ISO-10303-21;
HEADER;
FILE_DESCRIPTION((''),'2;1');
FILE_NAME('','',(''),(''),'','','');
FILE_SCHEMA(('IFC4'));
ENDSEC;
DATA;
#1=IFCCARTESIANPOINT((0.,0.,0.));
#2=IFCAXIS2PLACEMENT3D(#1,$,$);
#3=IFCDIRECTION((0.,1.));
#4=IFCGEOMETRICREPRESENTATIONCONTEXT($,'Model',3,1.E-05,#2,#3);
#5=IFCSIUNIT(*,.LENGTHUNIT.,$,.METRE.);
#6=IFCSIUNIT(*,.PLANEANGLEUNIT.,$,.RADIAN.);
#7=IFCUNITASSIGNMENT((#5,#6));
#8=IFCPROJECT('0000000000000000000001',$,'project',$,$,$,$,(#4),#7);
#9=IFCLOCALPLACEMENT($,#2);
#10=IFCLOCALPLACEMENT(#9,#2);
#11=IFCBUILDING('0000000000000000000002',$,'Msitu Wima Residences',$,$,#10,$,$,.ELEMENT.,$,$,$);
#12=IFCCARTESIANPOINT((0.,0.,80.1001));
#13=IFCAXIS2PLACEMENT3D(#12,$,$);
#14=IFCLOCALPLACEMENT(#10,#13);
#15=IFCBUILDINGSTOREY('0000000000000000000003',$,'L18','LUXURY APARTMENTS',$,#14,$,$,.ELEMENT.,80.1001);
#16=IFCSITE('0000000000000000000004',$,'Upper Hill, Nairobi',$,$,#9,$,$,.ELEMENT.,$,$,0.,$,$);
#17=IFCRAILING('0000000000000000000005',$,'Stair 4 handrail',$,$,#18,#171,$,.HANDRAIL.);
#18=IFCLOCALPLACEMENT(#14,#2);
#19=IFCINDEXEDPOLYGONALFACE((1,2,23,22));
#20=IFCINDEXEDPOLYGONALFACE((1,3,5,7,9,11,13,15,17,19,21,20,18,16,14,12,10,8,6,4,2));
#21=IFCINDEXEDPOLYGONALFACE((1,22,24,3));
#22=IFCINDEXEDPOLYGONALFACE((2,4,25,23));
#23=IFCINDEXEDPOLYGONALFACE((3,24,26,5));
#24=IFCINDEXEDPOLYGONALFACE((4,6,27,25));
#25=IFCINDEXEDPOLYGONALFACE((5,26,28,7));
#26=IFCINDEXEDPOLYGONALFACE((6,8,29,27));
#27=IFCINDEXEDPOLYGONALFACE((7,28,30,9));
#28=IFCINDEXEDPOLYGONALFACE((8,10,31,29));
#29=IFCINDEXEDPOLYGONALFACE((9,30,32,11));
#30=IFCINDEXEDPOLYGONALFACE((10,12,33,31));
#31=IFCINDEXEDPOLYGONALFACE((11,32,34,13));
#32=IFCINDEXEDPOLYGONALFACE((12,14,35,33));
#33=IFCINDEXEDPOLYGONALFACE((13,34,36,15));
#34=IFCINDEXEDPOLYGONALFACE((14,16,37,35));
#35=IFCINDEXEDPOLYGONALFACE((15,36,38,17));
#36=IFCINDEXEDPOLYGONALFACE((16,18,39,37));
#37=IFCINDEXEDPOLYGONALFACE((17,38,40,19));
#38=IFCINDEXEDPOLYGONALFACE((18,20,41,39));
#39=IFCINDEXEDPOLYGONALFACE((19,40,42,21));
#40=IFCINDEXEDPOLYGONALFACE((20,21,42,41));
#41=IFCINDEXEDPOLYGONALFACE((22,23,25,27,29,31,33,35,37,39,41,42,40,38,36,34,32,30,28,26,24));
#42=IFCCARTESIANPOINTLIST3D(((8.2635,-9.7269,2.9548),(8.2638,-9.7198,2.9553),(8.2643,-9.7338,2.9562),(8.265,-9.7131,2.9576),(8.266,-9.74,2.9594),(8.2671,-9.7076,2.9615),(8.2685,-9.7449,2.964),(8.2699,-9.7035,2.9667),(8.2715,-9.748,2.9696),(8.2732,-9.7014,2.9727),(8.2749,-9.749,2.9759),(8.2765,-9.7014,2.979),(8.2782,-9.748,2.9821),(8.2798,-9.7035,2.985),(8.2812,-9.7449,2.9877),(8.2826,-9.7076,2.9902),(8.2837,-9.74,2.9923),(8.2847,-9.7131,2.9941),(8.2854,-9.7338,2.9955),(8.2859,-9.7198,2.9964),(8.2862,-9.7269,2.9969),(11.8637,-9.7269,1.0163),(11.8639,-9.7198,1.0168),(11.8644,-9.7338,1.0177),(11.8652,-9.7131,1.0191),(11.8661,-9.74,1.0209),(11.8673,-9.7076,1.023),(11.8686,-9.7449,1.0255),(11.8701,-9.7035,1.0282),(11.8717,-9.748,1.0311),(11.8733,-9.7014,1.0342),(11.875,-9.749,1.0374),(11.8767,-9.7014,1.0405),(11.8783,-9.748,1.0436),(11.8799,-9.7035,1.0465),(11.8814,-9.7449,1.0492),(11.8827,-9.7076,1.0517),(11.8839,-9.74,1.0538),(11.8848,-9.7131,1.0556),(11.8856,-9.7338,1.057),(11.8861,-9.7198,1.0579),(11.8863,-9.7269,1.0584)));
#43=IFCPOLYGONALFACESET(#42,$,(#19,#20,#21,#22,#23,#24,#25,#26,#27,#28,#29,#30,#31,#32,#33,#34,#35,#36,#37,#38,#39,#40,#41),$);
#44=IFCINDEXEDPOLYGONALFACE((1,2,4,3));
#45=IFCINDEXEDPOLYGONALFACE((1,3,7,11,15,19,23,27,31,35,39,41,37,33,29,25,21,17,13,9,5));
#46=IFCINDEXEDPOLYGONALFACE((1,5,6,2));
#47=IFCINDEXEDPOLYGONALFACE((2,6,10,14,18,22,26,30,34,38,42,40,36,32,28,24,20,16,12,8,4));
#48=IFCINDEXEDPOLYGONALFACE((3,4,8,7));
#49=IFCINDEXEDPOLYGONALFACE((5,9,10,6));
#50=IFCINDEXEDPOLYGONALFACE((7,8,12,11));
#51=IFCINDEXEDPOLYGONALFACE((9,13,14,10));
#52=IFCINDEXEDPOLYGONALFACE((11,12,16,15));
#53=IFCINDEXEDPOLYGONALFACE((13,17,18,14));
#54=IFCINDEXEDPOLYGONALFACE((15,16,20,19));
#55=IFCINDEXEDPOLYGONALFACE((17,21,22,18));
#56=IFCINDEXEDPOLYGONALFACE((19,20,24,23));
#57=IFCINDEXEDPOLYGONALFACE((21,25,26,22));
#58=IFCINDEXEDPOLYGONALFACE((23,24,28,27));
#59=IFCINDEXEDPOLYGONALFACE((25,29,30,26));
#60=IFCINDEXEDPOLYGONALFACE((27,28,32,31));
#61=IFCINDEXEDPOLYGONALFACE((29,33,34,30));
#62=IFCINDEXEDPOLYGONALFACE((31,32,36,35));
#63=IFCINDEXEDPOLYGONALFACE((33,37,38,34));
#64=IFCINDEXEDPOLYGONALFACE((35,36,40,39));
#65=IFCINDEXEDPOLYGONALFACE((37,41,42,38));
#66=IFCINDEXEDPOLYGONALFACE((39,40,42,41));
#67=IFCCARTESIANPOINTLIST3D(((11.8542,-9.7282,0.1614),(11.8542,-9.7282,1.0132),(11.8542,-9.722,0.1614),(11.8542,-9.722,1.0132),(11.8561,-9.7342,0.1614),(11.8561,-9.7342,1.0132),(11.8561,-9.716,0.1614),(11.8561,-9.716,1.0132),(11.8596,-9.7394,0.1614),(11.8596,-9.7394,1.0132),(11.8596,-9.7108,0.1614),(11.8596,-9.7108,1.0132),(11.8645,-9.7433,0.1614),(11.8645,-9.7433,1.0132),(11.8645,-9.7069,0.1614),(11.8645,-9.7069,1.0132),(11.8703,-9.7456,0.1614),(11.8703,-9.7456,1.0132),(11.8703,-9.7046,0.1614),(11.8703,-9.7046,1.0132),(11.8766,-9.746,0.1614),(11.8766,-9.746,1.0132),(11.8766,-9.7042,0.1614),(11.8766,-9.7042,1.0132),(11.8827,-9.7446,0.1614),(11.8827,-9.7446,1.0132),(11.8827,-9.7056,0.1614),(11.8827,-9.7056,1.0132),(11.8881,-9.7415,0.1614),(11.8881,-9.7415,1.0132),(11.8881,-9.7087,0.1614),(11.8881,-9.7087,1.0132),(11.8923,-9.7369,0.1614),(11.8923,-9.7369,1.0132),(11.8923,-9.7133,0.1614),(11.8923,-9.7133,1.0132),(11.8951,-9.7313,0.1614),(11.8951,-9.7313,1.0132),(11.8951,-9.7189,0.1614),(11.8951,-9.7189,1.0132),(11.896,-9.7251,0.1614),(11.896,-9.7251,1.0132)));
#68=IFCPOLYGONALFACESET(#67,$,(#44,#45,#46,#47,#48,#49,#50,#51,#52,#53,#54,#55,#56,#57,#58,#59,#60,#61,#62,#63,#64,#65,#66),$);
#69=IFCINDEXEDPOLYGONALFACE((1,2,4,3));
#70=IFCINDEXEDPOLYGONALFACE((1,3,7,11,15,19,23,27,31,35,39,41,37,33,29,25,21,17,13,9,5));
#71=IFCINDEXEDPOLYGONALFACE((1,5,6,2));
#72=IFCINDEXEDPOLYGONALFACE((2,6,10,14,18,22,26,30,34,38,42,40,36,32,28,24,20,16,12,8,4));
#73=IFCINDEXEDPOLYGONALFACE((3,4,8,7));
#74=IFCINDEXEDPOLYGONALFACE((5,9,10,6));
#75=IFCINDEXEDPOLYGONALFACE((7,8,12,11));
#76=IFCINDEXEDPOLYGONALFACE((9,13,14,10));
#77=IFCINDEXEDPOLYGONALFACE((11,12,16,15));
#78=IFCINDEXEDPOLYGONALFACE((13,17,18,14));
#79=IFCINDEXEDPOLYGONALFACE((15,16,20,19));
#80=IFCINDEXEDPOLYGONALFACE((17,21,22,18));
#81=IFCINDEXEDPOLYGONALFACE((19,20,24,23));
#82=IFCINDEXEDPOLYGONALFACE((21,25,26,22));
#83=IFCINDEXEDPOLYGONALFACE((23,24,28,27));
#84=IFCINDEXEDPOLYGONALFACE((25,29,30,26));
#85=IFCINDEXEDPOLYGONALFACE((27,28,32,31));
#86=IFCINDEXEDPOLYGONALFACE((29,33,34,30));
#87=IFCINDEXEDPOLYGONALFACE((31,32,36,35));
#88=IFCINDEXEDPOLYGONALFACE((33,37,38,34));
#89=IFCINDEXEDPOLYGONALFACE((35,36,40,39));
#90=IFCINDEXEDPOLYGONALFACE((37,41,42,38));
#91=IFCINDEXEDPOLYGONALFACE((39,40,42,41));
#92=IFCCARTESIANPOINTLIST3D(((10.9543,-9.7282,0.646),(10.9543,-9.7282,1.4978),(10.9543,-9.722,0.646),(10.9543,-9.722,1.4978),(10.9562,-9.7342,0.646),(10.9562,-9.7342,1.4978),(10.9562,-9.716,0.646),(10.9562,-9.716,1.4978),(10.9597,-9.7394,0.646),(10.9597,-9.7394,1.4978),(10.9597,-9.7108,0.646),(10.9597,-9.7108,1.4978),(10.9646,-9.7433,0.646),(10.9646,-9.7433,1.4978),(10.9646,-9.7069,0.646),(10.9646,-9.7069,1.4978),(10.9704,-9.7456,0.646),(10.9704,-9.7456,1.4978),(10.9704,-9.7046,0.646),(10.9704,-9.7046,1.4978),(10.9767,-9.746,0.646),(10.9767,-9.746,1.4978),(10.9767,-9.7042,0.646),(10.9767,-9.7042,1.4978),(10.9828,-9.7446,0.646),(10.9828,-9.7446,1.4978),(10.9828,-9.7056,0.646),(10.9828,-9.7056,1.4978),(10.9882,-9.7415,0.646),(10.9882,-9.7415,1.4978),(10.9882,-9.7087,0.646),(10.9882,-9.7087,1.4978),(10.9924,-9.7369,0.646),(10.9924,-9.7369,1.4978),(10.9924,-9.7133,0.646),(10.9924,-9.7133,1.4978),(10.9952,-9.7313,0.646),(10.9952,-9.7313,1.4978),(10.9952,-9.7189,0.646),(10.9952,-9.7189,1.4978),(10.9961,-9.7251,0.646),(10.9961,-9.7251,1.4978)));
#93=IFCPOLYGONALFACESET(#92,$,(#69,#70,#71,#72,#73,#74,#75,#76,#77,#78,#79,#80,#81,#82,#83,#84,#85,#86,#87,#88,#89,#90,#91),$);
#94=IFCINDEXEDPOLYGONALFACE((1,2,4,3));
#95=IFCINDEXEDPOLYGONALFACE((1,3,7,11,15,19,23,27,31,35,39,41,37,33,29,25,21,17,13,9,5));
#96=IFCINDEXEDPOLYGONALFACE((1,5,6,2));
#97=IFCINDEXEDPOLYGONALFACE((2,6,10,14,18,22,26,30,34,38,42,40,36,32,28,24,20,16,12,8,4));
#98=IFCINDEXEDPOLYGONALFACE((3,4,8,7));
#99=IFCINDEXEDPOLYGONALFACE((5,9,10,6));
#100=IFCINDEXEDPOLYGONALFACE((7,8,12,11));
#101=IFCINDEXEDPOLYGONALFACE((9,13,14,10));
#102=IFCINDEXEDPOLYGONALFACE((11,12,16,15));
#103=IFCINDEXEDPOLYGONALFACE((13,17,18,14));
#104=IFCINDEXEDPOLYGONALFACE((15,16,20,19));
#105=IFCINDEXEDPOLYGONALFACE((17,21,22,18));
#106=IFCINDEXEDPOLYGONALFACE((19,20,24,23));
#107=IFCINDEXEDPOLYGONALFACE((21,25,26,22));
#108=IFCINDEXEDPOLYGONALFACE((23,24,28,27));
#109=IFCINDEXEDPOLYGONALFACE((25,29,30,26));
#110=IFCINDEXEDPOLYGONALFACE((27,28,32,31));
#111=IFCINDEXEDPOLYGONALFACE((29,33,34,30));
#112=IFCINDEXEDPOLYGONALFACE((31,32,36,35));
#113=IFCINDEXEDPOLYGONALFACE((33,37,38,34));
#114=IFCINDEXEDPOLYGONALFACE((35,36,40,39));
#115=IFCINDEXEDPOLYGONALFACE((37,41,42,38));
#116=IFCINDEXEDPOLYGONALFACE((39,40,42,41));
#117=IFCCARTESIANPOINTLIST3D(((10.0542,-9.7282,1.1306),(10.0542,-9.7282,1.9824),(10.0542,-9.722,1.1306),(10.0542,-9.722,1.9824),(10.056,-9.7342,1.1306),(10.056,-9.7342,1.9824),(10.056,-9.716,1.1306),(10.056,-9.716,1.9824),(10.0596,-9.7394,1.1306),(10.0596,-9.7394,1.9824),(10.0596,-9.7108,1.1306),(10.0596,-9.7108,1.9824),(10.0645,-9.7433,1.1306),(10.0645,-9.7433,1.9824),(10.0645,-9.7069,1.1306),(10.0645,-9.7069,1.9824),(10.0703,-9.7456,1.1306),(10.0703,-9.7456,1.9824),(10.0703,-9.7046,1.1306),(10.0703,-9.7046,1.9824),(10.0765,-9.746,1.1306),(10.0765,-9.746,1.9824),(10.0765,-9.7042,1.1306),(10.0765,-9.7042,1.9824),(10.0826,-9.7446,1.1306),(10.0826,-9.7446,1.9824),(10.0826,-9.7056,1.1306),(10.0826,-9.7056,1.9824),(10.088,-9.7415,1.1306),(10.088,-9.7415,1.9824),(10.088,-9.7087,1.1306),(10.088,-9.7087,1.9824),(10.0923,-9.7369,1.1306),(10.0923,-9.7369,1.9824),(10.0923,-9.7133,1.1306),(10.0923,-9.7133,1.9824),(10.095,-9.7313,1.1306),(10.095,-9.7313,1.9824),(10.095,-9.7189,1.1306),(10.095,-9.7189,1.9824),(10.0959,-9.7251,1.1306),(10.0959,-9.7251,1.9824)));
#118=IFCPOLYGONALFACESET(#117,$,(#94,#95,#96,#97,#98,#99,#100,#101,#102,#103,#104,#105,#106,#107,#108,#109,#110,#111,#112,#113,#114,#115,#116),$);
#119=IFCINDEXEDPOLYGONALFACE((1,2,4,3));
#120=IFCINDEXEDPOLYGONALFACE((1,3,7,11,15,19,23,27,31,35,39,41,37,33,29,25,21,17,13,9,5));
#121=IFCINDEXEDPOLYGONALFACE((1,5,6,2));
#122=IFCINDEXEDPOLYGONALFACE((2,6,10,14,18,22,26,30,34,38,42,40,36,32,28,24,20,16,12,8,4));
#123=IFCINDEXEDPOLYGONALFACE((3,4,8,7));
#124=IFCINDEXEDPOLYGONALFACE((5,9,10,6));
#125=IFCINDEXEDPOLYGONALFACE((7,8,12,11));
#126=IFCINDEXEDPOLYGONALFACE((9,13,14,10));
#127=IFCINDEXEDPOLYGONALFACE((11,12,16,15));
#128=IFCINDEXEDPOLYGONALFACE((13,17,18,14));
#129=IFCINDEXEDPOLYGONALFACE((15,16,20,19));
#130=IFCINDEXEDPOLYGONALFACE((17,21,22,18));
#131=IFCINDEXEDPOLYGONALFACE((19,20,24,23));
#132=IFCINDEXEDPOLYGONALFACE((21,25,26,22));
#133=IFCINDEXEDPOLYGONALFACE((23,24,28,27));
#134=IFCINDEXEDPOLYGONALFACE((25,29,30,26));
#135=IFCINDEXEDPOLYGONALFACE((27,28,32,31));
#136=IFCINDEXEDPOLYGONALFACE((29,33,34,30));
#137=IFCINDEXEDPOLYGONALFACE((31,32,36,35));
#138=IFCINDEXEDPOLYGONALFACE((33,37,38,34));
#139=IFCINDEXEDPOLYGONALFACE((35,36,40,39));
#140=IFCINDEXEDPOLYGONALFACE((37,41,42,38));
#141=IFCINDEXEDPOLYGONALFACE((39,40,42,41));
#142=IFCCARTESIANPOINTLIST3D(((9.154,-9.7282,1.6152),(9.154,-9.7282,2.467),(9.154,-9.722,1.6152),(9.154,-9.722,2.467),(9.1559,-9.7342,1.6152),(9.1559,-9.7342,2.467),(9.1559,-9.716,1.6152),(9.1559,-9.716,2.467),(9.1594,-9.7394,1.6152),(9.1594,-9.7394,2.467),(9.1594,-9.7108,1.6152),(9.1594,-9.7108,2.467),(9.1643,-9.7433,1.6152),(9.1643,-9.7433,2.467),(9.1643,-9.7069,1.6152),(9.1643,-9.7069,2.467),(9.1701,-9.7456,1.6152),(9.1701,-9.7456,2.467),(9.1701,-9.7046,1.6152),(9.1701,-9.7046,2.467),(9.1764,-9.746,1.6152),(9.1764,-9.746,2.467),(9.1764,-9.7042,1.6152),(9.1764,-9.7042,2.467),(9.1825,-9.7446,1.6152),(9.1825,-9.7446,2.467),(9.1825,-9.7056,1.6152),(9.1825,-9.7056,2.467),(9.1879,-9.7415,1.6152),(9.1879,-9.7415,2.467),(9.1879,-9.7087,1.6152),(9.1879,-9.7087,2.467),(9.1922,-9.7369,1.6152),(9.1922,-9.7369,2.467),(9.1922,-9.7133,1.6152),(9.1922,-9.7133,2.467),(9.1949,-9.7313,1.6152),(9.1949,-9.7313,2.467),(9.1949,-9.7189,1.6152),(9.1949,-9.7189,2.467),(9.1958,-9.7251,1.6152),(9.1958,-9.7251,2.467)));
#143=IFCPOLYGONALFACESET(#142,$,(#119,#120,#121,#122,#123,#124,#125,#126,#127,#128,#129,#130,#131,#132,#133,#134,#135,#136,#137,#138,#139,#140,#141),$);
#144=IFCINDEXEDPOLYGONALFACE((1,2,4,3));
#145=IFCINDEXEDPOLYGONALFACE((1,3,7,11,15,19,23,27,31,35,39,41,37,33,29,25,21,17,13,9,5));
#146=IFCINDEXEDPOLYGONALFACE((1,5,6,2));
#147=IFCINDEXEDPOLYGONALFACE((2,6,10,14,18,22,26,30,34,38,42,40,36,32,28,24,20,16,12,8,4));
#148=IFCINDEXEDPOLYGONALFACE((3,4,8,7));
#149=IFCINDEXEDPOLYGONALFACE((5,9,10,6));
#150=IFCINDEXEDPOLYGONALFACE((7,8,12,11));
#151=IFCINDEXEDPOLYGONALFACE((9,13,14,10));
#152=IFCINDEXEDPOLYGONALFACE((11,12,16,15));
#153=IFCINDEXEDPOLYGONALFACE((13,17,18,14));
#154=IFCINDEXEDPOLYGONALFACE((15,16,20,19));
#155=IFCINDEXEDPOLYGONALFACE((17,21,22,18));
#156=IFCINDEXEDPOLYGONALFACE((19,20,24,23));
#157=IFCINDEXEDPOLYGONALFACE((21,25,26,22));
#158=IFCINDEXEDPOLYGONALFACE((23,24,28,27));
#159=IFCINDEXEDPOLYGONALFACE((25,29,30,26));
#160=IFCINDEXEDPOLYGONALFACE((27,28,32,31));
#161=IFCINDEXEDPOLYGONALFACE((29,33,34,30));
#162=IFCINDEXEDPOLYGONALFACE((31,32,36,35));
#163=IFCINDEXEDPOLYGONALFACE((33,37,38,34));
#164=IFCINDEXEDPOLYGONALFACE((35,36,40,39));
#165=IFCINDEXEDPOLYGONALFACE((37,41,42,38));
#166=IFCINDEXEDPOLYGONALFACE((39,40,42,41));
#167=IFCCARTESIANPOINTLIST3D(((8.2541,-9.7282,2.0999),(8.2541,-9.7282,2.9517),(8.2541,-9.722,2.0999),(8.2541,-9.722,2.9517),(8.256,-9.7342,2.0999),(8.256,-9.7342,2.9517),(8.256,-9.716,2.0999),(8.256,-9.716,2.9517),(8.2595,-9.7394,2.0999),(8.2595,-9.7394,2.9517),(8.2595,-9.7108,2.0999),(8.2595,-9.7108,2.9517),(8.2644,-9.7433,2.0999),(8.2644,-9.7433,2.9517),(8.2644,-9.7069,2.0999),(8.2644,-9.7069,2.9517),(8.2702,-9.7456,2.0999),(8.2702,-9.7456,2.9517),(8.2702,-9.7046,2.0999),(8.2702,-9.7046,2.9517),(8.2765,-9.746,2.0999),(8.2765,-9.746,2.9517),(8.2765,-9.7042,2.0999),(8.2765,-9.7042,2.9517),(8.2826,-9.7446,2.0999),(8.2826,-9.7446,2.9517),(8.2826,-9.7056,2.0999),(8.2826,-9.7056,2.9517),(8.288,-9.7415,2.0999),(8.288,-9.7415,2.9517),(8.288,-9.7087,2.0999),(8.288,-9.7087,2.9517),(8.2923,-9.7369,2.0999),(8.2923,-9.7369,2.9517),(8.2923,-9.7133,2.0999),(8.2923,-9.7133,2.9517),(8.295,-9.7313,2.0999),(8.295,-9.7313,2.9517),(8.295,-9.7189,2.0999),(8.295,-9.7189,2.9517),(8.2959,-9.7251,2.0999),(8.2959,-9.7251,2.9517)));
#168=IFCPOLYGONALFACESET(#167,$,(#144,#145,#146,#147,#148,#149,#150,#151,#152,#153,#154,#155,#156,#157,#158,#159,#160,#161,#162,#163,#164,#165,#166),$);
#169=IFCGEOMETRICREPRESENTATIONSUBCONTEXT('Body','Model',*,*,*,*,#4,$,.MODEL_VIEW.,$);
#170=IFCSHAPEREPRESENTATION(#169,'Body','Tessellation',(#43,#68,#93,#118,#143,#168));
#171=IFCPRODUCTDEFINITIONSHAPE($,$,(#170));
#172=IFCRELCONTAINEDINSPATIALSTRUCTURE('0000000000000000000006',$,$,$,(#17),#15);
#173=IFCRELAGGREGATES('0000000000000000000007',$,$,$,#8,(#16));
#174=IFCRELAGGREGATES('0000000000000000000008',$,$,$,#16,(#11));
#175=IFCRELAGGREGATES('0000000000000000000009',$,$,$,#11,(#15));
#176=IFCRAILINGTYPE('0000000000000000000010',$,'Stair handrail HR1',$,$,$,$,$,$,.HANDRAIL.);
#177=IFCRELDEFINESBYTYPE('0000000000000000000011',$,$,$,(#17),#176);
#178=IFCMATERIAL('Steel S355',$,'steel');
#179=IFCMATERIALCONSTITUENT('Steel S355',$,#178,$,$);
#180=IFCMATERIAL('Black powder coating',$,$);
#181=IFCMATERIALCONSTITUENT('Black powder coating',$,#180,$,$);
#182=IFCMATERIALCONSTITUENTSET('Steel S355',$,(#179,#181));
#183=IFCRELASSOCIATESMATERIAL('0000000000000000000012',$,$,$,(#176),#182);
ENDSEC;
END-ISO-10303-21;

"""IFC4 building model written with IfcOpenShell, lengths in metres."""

from ifc_helpers import new_model, si_unit, direction, frame, origin, origin_2d, place, context, subcontext, project, spatial, circle, extrude, material, constituent, constituent_set, type_object, element, save


model = new_model("IFC4")

# Units and contexts
model_context = context("Model", 3, precision=1e-05, world=origin(), true_north=direction((0.0, 1.0)))
body_context = subcontext(model_context, "Body", "Model", "MODEL_VIEW")
ifc_project = project(units=[si_unit("LENGTHUNIT", "METRE"), si_unit("PLANEANGLEUNIT", "RADIAN")], contexts=[model_context])

# Site, building, storey
site_placement = place(None, origin())
site = spatial("IfcSite", under=ifc_project, at=site_placement, Name="Upper Hill, Nairobi", CompositionType="ELEMENT", RefElevation=0.0)
building_placement = place(site_placement, origin())
building = spatial("IfcBuilding", under=site, at=building_placement, Name="Msitu Wima Residences", CompositionType="ELEMENT")
storey_placement = place(building_placement, frame((0.0, 0.0, 80.1001)))
storey = spatial("IfcBuildingStorey", under=building, at=storey_placement, Name="L18", Description="LUXURY APARTMENTS", CompositionType="ELEMENT", Elevation=80.1001)

# Railing
ifc_material_1 = material(Name="Steel S355", Category="steel")
ifc_constituent_1 = constituent(ifc_material_1, Name="Steel S355")
ifc_material_2 = material(Name="Black powder coating")
ifc_constituent_2 = constituent(ifc_material_2, Name="Black powder coating")
ifc_constituent_set = constituent_set(constituents=[ifc_constituent_1, ifc_constituent_2], Name="Steel S355")
railing_type = type_object("IfcRailingType", Name="Stair handrail HR1", PredefinedType="HANDRAIL", material=ifc_constituent_set)
for number, where, name in (
    (1, (11.875, -9.7251, 0.1614), "Stair 4 handrail"),
):
    element("IfcRailing", number, at=place(storey_placement, frame(where)), inside=storey, type_object=railing_type, Name=name, PredefinedType="HANDRAIL", context=body_context, shape_type="SweptSolid", body=[
        extrude(circle(Radius=0.0239, at=origin_2d()), frame((0.0, 0.0, 0.876), z_axis=(-0.880475, 0.0, 0.474093), x_axis=(0.0, -1.0, 0.0)), (0.0, 0.0, 1.0), 4.0889),
        extrude(circle(Radius=0.021, at=origin_2d()), origin(), (0.0, 0.0, 1.0), 0.8518),
        extrude(circle(Radius=0.021, at=origin_2d()), frame((-0.8999, 0.0, 0.4846)), (0.0, 0.0, 1.0), 0.8518),
        extrude(circle(Radius=0.021, at=origin_2d()), frame((-1.8, 0.0, 0.9692)), (0.0, 0.0, 1.0), 0.8518),
        extrude(circle(Radius=0.021, at=origin_2d()), frame((-2.7002, 0.0, 1.4539)), (0.0, 0.0, 1.0), 0.8518),
        extrude(circle(Radius=0.021, at=origin_2d()), frame((-3.6001, 0.0, 1.9385)), (0.0, 0.0, 1.0), 0.8518),
    ])

save(model, "model.ifc")
